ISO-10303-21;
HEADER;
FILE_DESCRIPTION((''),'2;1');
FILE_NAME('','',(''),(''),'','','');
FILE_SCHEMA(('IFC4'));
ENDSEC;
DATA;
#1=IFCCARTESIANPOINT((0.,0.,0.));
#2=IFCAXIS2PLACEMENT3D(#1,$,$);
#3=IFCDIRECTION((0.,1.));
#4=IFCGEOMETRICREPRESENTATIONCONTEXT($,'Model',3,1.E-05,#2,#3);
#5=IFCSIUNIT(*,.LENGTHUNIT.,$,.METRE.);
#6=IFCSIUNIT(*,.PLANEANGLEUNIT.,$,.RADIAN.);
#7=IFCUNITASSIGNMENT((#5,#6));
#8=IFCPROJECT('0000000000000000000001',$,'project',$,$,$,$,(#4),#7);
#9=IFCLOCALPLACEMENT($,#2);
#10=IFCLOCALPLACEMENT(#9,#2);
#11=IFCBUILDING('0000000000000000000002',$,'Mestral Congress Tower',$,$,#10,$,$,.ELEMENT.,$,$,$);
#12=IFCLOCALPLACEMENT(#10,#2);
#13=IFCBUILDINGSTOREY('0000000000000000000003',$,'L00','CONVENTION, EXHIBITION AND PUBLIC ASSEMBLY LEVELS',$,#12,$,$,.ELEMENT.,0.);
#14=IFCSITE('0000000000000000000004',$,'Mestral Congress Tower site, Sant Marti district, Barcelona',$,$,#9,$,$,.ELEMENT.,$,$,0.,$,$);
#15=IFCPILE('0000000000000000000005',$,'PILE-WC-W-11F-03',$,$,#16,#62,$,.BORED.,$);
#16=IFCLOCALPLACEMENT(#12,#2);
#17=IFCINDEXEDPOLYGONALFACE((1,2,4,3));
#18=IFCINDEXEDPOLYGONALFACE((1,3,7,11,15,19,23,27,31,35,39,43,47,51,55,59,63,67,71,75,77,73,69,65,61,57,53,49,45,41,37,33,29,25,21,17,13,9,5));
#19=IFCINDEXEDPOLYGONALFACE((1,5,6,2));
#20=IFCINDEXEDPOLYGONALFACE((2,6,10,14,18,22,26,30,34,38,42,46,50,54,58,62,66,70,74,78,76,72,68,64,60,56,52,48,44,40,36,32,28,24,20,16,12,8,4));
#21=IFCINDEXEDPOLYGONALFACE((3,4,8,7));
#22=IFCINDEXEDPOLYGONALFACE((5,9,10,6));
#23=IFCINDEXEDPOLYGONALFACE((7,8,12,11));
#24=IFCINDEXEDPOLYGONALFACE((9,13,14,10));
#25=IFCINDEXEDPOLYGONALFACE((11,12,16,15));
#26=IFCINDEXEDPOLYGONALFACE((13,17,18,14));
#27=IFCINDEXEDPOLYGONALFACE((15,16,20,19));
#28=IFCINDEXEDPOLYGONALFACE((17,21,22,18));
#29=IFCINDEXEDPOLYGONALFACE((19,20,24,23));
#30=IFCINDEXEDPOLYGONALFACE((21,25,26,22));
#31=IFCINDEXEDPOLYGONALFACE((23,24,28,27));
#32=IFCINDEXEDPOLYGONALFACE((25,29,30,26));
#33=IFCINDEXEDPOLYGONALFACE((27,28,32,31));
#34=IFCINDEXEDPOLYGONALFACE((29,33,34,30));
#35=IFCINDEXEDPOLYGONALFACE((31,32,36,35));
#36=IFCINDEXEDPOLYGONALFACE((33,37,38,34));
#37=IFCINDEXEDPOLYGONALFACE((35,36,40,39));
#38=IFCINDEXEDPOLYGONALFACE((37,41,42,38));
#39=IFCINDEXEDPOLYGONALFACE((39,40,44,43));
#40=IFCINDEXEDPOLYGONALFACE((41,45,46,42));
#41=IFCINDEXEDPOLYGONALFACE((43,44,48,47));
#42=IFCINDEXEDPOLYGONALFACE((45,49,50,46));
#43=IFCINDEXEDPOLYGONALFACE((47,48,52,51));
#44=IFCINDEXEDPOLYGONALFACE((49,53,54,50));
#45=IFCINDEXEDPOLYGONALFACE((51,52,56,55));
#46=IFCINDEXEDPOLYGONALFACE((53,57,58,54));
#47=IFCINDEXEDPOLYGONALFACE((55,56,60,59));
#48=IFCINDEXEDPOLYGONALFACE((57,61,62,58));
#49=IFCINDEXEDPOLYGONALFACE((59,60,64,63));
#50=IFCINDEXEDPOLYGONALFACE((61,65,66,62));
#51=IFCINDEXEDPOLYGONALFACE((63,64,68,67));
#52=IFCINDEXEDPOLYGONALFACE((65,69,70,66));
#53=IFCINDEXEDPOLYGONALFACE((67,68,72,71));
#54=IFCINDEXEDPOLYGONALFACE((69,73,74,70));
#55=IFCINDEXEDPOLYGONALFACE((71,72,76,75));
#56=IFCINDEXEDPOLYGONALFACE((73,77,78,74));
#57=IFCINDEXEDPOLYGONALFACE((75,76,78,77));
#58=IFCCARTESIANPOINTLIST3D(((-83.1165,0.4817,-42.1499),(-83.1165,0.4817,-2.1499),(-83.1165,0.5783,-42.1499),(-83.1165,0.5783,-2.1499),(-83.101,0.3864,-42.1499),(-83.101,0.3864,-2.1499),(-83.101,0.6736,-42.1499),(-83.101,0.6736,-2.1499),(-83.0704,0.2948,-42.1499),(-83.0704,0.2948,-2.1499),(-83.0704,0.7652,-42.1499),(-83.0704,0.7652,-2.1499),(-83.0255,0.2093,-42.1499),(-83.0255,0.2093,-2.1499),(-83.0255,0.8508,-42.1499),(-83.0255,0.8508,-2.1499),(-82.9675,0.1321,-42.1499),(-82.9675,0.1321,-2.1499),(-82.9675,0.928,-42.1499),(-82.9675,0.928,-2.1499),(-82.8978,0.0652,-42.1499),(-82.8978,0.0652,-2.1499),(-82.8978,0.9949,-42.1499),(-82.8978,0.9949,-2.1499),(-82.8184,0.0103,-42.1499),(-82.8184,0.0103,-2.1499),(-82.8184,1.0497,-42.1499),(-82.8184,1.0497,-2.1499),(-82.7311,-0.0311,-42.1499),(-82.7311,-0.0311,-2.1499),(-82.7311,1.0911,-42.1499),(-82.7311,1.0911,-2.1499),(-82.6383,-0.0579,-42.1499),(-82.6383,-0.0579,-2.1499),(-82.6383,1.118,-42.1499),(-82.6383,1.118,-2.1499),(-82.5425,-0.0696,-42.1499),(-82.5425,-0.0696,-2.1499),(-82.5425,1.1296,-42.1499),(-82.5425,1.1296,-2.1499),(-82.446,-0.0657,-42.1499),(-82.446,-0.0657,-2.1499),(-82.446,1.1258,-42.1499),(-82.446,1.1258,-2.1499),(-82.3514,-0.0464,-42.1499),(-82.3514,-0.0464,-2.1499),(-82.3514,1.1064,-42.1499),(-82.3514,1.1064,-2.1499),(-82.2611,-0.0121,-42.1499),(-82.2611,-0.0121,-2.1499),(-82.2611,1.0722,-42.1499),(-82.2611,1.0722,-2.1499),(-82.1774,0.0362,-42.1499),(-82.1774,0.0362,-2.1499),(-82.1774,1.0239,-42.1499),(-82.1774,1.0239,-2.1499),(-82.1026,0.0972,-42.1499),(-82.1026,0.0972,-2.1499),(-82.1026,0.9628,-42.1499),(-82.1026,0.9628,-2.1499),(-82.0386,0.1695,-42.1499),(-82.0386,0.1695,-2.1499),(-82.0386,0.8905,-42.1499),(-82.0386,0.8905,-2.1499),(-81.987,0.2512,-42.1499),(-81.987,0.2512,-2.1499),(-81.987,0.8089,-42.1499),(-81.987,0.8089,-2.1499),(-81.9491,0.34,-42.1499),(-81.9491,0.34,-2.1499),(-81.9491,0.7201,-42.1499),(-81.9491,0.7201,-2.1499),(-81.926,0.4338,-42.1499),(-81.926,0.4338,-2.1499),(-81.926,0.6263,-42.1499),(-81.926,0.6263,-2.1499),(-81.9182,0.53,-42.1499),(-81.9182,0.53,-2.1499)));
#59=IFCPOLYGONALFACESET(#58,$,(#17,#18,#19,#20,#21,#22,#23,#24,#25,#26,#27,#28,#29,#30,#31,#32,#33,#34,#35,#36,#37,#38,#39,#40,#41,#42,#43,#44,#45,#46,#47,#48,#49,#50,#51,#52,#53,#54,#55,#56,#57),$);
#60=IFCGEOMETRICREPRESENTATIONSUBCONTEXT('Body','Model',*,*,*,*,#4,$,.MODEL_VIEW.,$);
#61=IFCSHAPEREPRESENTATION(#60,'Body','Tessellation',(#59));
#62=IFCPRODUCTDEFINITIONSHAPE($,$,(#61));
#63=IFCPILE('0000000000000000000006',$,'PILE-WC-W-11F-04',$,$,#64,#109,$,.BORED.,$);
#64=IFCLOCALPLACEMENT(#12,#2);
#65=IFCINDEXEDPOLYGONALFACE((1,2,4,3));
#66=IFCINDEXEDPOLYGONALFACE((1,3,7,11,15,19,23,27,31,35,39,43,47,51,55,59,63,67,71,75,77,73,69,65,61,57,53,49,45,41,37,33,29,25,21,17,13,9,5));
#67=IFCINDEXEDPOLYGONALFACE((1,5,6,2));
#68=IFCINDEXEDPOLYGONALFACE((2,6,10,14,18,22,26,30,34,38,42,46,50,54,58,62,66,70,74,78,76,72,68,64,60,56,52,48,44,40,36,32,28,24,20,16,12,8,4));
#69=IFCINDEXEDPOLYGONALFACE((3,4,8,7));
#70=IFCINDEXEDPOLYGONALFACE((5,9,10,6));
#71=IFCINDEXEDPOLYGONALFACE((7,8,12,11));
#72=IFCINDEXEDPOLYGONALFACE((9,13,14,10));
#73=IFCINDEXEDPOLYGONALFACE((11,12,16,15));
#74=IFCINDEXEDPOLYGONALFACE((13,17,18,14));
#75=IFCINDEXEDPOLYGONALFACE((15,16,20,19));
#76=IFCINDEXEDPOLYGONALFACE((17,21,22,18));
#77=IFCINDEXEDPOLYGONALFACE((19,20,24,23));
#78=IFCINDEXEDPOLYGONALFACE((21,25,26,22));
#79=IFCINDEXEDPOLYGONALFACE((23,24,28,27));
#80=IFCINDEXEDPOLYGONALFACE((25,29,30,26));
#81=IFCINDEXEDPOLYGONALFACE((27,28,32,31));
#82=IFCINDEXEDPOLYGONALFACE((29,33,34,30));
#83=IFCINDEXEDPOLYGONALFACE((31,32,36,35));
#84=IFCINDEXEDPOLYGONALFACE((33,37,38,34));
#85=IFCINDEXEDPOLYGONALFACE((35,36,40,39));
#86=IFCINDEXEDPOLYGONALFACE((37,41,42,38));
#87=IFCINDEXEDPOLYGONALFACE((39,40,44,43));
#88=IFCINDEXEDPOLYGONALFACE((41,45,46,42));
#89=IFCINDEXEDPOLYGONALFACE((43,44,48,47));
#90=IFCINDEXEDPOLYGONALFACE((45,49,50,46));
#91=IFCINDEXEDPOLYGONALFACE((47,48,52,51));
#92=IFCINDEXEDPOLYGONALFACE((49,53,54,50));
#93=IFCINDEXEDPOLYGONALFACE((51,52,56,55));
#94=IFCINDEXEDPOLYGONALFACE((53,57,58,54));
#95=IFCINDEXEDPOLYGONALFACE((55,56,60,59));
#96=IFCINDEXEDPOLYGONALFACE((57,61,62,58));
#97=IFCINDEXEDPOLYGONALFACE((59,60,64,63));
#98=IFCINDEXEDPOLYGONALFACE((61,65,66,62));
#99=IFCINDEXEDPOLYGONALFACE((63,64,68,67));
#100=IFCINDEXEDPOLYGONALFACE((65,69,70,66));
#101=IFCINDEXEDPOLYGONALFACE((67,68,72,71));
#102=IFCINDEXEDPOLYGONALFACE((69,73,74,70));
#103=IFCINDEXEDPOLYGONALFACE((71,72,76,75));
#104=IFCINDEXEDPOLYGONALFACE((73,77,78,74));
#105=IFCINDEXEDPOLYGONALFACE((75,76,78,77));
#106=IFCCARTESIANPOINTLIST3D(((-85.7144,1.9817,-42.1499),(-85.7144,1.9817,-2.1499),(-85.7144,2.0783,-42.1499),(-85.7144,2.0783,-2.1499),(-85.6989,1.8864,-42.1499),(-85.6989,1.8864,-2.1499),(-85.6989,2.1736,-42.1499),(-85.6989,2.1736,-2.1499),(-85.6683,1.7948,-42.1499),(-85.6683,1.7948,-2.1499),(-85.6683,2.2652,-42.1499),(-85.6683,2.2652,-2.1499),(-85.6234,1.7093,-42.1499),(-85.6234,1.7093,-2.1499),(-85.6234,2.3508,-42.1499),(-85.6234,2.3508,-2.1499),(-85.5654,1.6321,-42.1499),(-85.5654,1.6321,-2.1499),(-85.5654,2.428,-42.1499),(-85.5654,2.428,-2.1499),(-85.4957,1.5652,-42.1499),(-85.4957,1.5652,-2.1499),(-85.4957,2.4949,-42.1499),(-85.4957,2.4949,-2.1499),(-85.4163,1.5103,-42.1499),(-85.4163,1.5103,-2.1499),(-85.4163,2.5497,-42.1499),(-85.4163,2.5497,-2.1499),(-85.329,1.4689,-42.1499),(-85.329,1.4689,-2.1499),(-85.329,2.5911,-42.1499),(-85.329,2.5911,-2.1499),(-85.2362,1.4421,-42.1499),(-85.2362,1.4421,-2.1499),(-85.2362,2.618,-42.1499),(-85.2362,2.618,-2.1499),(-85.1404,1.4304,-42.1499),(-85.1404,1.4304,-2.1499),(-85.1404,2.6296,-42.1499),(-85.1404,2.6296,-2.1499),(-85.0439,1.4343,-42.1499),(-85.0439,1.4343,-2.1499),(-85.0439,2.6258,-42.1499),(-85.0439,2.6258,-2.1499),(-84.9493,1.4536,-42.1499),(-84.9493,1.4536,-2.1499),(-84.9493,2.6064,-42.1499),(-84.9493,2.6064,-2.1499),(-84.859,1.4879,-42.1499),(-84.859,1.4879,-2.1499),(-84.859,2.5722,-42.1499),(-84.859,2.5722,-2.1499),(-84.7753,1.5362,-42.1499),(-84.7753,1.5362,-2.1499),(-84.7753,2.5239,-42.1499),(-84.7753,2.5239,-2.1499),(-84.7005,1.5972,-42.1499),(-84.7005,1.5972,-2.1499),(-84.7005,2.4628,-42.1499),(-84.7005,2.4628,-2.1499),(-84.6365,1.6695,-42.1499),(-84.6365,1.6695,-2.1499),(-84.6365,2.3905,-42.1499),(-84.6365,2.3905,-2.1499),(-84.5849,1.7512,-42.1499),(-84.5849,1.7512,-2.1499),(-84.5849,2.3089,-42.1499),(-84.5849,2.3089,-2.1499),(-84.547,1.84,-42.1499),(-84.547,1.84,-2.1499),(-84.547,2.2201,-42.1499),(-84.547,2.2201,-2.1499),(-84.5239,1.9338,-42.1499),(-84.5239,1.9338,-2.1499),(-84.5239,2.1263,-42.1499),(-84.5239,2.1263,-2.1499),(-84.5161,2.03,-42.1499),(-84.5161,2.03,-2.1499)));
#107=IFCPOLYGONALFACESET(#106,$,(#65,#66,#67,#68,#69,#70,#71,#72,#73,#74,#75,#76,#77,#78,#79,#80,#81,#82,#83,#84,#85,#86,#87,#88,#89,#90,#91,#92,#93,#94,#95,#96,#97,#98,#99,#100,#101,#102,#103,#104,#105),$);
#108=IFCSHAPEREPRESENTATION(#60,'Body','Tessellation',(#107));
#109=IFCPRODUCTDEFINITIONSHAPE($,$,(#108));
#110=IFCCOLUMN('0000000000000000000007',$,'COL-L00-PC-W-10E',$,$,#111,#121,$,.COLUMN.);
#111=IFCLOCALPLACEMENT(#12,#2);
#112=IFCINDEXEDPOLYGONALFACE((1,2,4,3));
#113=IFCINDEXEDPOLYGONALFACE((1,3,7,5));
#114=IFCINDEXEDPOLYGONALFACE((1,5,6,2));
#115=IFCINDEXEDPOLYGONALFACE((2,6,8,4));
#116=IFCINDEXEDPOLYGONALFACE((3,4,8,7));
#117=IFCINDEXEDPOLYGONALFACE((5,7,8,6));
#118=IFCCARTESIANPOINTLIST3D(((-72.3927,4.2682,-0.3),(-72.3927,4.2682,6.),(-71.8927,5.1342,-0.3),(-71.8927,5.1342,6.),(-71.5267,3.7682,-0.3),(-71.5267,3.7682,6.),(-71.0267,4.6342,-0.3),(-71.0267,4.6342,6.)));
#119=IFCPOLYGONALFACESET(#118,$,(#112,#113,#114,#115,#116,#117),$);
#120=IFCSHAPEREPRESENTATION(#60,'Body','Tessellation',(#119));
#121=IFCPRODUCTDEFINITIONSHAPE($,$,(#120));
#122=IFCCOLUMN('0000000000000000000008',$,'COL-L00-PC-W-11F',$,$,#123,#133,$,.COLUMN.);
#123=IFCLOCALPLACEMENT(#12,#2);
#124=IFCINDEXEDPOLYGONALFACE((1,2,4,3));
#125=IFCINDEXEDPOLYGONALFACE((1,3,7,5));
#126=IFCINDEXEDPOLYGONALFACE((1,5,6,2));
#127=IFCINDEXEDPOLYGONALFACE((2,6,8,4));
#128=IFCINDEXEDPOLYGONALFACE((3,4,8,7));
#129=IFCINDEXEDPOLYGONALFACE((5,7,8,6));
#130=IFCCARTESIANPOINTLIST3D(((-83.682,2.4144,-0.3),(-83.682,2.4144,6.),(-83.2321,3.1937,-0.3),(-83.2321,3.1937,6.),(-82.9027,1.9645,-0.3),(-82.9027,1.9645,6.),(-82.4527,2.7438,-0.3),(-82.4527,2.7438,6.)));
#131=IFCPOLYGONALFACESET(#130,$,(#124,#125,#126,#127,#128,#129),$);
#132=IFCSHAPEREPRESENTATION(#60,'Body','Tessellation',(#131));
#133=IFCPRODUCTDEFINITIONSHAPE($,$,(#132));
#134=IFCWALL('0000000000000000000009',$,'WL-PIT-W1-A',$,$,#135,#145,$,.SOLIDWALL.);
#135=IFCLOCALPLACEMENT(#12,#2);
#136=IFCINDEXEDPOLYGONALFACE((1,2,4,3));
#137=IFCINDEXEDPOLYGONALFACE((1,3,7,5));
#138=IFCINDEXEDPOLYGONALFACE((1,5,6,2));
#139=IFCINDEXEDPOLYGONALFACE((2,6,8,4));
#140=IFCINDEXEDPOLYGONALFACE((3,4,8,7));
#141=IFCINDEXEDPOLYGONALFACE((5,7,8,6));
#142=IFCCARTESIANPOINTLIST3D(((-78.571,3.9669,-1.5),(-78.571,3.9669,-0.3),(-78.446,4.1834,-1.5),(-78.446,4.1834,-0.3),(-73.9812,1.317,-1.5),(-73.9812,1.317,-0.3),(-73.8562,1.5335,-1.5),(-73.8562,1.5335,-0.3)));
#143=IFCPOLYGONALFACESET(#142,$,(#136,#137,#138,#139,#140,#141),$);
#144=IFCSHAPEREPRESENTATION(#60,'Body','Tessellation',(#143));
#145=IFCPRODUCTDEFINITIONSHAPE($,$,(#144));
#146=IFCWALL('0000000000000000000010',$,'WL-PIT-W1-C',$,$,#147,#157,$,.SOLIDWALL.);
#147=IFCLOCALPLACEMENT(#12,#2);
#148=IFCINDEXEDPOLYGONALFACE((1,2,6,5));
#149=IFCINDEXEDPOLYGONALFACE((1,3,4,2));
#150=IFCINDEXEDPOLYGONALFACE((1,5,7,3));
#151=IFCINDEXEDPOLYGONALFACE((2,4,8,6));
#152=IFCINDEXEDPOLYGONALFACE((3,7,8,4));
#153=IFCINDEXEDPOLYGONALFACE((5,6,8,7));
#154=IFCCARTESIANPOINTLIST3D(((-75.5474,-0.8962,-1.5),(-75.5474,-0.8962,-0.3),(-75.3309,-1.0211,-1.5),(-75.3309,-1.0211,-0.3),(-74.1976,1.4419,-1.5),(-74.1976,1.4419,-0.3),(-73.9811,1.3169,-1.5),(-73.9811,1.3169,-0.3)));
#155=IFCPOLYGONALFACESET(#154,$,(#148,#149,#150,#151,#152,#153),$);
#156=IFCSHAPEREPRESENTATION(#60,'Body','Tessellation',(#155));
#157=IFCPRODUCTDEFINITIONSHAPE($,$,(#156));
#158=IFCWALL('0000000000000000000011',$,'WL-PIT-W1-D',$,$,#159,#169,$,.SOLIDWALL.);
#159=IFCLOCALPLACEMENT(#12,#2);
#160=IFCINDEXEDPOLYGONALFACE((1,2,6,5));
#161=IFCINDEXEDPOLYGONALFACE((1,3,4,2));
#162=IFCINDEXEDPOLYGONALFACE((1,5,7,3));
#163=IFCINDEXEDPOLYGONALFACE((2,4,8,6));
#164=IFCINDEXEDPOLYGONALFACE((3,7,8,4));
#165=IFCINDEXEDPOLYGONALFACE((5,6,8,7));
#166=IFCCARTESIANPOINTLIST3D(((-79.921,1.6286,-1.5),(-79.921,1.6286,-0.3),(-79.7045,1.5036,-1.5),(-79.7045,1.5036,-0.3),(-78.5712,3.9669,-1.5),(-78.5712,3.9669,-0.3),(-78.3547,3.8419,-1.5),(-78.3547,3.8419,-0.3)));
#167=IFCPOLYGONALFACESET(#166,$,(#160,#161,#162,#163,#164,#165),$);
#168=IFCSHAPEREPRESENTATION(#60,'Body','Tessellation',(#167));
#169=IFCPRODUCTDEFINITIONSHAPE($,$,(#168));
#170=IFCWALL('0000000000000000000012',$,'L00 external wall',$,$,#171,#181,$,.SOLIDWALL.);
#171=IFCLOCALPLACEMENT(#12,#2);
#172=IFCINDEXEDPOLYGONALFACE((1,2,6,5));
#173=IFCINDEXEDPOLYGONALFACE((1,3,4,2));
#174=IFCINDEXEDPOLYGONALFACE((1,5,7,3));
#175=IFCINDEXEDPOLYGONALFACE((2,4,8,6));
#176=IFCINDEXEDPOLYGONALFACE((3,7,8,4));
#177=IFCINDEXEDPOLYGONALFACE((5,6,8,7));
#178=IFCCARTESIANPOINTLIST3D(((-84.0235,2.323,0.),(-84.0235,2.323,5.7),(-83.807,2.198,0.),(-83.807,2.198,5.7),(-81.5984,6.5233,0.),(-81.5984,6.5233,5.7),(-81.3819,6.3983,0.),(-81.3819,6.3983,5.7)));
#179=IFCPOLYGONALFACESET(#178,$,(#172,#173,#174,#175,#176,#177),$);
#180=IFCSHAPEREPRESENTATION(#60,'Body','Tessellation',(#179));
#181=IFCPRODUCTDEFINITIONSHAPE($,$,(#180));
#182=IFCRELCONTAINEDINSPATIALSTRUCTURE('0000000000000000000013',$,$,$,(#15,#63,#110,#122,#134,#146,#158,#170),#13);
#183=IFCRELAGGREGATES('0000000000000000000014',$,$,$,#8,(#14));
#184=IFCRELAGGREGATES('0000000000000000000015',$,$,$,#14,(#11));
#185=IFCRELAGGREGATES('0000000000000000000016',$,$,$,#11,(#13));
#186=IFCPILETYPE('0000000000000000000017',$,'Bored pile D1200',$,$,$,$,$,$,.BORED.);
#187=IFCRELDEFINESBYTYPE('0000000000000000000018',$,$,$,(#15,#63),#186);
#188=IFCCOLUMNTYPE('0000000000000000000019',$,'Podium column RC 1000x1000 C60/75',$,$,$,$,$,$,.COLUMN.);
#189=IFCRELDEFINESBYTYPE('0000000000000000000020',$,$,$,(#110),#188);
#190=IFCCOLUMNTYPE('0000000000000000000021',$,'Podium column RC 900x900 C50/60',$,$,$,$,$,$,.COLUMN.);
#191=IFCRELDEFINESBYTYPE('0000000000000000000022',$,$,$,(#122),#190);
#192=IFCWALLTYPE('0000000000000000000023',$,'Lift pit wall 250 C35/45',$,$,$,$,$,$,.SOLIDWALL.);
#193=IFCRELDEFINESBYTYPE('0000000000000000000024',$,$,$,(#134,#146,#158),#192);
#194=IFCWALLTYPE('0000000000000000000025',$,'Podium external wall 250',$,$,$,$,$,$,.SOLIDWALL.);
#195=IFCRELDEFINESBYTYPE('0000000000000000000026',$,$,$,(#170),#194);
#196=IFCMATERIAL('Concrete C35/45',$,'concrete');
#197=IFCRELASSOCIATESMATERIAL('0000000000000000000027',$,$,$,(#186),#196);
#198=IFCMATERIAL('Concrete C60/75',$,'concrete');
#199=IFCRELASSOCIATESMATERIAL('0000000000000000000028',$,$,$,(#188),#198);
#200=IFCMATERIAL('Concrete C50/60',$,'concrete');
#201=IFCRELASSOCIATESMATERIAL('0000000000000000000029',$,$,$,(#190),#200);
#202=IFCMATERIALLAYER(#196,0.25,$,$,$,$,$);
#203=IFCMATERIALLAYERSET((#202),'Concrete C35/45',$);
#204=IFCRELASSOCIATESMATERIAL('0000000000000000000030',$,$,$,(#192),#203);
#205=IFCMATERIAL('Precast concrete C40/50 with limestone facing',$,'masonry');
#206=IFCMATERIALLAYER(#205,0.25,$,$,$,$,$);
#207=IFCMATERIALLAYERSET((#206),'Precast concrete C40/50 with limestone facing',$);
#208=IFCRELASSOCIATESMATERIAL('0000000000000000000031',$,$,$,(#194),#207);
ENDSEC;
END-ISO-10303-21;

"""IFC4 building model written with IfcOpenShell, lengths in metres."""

from ifc_helpers import new_model, si_unit, direction, frame, frame_2d, origin, origin_2d, place, context, subcontext, project, spatial, rectangle, circle, extrude, material, layer, layer_set, material_profile, profile_set, type_object, element, save


model = new_model("IFC4")

# Units and contexts
model_context = context("Model", 3, precision=1e-05, world=origin(), true_north=direction((0.0, 1.0)))
body_context = subcontext(model_context, "Body", "Model", "MODEL_VIEW")
ifc_project = project(units=[si_unit("LENGTHUNIT", "METRE"), si_unit("PLANEANGLEUNIT", "RADIAN")], contexts=[model_context])

# Site, building, storey
site_placement = place(None, origin())
site = spatial("IfcSite", under=ifc_project, at=site_placement, Name="Mestral Congress Tower site, Sant Marti district, Barcelona", CompositionType="ELEMENT", RefElevation=0.0)
building_placement = place(site_placement, origin())
building = spatial("IfcBuilding", under=site, at=building_placement, Name="Mestral Congress Tower", CompositionType="ELEMENT")
storey_placement = place(building_placement, origin())
storey = spatial("IfcBuildingStorey", under=building, at=storey_placement, Name="L00", Description="CONVENTION, EXHIBITION AND PUBLIC ASSEMBLY LEVELS", CompositionType="ELEMENT", Elevation=0.0)

# Piles
ifc_material_1 = material(Name="Concrete C35/45", Category="concrete")
ifc_material_profile_1 = material_profile(ifc_material_1, circle(Radius=0.6001, at=origin_2d()), Name="D1200")
ifc_profile_set_1 = profile_set([ifc_material_profile_1], Name="Concrete C35/45")
pile_type = type_object("IfcPileType", Name="Bored pile D1200", PredefinedType="BORED", material=ifc_profile_set_1)
for number, where, z_axis, x_axis, name in (
    (1, (-82.5183, 0.53, -2.1499), (0.0, 0.0, -1.0), (1.0, 0.0, 0.0), "PILE-WC-W-11F-03"),
    (2, (-85.1162, 2.03, -2.1499), (0.0, 0.0, -1.0), (1.0, 0.0, 0.0), "PILE-WC-W-11F-04"),
):
    element("IfcPile", number, at=place(storey_placement, frame(where, z_axis=z_axis, x_axis=x_axis)), inside=storey, type_object=pile_type, Name=name, PredefinedType="BORED", context=body_context, shape_type="SweptSolid", body=[
        extrude(circle(Radius=0.6001, at=origin_2d()), origin(), (0.0, 0.0, 1.0), 40.0),
    ])

# Columns
ifc_material_2 = material(Name="Concrete C60/75", Category="concrete")
ifc_material_profile_2 = material_profile(ifc_material_2, rectangle(XDim=1.0, YDim=1.0, at=origin_2d()), Name="RC 1000x1000")
ifc_profile_set_2 = profile_set([ifc_material_profile_2], Name="Concrete C60/75")
column_type_1 = type_object("IfcColumnType", Name="Podium column RC 1000x1000 C60/75", PredefinedType="COLUMN", material=ifc_profile_set_2)
column_1_placement = place(storey_placement, frame((-71.7097, 4.4512, -0.3), z_axis=(0.0, 0.0, 1.0), x_axis=(-0.5, -0.866025, 0.0)))
element("IfcColumn", 3, at=column_1_placement, inside=storey, type_object=column_type_1, Name="COL-L00-PC-W-10E", PredefinedType="COLUMN", context=body_context, shape_type="SweptSolid", body=[
    extrude(rectangle(XDim=1.0, YDim=1.0, at=origin_2d()), origin(), (0.0, 0.0, 1.0), 6.3),
])
ifc_material_3 = material(Name="Concrete C50/60", Category="concrete")
ifc_material_profile_3 = material_profile(ifc_material_3, rectangle(XDim=0.8999, YDim=0.8999, at=origin_2d()), Name="RC 900x900")
ifc_profile_set_3 = profile_set([ifc_material_profile_3], Name="Concrete C50/60")
column_type_2 = type_object("IfcColumnType", Name="Podium column RC 900x900 C50/60", PredefinedType="COLUMN", material=ifc_profile_set_3)
column_2_placement = place(storey_placement, frame((-83.0674, 2.5791, -0.3), z_axis=(0.0, 0.0, 1.0), x_axis=(-0.5, -0.866025, 0.0)))
element("IfcColumn", 4, at=column_2_placement, inside=storey, type_object=column_type_2, Name="COL-L00-PC-W-11F", PredefinedType="COLUMN", context=body_context, shape_type="SweptSolid", body=[
    extrude(rectangle(XDim=0.8999, YDim=0.8999, at=origin_2d()), origin(), (0.0, 0.0, 1.0), 6.3),
])

# Walls
ifc_layer_1 = layer(ifc_material_1, 0.25)
ifc_layer_set_1 = layer_set([ifc_layer_1], Name="Concrete C35/45")
wall_type_1 = type_object("IfcWallType", Name="Lift pit wall 250 C35/45", PredefinedType="SOLIDWALL", material=ifc_layer_set_1)
wall_1_placement = place(storey_placement, frame((-73.9187, 1.4253, -1.5), z_axis=(0.0, 0.0, 1.0), x_axis=(-0.866029, 0.499994, 0.0)))
element("IfcWall", 5, at=wall_1_placement, inside=storey, type_object=wall_type_1, Name="WL-PIT-W1-A", PredefinedType="SOLIDWALL", context=body_context, shape_type="SweptSolid", body=[
    extrude(rectangle(XDim=5.2998, YDim=0.25, at=frame_2d((2.6499, 0.0))), origin(), (0.0, 0.0, 1.0), 1.2),
])
wall_2_placement = place(storey_placement, frame((-74.0894, 1.3794, -1.5), z_axis=(0.0, 0.0, 1.0), x_axis=(-0.499981, -0.866037, 0.0)))
element("IfcWall", 6, at=wall_2_placement, inside=storey, type_object=wall_type_1, Name="WL-PIT-W1-C", PredefinedType="SOLIDWALL", context=body_context, shape_type="SweptSolid", body=[
    extrude(rectangle(XDim=2.6997, YDim=0.25, at=frame_2d((1.3499, 0.0))), origin(), (0.0, 0.0, 1.0), 1.2),
])
wall_3_placement = place(storey_placement, frame((-78.4629, 3.9045, -1.5), z_axis=(0.0, 0.0, 1.0), x_axis=(-0.499942, -0.866059, 0.0)))
element("IfcWall", 7, at=wall_3_placement, inside=storey, type_object=wall_type_1, Name="WL-PIT-W1-D", PredefinedType="SOLIDWALL", context=body_context, shape_type="SweptSolid", body=[
    extrude(rectangle(XDim=2.7, YDim=0.25, at=frame_2d((1.3501, 0.0))), origin(), (0.0, 0.0, 1.0), 1.2),
])
ifc_material_4 = material(Name="Precast concrete C40/50 with limestone facing", Category="masonry")
ifc_layer_2 = layer(ifc_material_4, 0.25)
ifc_layer_set_2 = layer_set([ifc_layer_2], Name="Precast concrete C40/50 with limestone facing")
wall_type_2 = type_object("IfcWallType", Name="Podium external wall 250", PredefinedType="SOLIDWALL", material=ifc_layer_set_2)
wall_4_placement = place(storey_placement, frame((-83.9153, 2.2605, 0.0), z_axis=(0.0, 0.0, 1.0), x_axis=(0.50001, 0.86602, 0.0)))
element("IfcWall", 8, at=wall_4_placement, inside=storey, type_object=wall_type_2, Name="L00 external wall", PredefinedType="SOLIDWALL", context=body_context, shape_type="SweptSolid", body=[
    extrude(rectangle(XDim=4.8501, YDim=0.25, at=frame_2d((2.425, 0.0))), origin(), (0.0, 0.0, 1.0), 5.7),
])

save(model, "model.ifc")
